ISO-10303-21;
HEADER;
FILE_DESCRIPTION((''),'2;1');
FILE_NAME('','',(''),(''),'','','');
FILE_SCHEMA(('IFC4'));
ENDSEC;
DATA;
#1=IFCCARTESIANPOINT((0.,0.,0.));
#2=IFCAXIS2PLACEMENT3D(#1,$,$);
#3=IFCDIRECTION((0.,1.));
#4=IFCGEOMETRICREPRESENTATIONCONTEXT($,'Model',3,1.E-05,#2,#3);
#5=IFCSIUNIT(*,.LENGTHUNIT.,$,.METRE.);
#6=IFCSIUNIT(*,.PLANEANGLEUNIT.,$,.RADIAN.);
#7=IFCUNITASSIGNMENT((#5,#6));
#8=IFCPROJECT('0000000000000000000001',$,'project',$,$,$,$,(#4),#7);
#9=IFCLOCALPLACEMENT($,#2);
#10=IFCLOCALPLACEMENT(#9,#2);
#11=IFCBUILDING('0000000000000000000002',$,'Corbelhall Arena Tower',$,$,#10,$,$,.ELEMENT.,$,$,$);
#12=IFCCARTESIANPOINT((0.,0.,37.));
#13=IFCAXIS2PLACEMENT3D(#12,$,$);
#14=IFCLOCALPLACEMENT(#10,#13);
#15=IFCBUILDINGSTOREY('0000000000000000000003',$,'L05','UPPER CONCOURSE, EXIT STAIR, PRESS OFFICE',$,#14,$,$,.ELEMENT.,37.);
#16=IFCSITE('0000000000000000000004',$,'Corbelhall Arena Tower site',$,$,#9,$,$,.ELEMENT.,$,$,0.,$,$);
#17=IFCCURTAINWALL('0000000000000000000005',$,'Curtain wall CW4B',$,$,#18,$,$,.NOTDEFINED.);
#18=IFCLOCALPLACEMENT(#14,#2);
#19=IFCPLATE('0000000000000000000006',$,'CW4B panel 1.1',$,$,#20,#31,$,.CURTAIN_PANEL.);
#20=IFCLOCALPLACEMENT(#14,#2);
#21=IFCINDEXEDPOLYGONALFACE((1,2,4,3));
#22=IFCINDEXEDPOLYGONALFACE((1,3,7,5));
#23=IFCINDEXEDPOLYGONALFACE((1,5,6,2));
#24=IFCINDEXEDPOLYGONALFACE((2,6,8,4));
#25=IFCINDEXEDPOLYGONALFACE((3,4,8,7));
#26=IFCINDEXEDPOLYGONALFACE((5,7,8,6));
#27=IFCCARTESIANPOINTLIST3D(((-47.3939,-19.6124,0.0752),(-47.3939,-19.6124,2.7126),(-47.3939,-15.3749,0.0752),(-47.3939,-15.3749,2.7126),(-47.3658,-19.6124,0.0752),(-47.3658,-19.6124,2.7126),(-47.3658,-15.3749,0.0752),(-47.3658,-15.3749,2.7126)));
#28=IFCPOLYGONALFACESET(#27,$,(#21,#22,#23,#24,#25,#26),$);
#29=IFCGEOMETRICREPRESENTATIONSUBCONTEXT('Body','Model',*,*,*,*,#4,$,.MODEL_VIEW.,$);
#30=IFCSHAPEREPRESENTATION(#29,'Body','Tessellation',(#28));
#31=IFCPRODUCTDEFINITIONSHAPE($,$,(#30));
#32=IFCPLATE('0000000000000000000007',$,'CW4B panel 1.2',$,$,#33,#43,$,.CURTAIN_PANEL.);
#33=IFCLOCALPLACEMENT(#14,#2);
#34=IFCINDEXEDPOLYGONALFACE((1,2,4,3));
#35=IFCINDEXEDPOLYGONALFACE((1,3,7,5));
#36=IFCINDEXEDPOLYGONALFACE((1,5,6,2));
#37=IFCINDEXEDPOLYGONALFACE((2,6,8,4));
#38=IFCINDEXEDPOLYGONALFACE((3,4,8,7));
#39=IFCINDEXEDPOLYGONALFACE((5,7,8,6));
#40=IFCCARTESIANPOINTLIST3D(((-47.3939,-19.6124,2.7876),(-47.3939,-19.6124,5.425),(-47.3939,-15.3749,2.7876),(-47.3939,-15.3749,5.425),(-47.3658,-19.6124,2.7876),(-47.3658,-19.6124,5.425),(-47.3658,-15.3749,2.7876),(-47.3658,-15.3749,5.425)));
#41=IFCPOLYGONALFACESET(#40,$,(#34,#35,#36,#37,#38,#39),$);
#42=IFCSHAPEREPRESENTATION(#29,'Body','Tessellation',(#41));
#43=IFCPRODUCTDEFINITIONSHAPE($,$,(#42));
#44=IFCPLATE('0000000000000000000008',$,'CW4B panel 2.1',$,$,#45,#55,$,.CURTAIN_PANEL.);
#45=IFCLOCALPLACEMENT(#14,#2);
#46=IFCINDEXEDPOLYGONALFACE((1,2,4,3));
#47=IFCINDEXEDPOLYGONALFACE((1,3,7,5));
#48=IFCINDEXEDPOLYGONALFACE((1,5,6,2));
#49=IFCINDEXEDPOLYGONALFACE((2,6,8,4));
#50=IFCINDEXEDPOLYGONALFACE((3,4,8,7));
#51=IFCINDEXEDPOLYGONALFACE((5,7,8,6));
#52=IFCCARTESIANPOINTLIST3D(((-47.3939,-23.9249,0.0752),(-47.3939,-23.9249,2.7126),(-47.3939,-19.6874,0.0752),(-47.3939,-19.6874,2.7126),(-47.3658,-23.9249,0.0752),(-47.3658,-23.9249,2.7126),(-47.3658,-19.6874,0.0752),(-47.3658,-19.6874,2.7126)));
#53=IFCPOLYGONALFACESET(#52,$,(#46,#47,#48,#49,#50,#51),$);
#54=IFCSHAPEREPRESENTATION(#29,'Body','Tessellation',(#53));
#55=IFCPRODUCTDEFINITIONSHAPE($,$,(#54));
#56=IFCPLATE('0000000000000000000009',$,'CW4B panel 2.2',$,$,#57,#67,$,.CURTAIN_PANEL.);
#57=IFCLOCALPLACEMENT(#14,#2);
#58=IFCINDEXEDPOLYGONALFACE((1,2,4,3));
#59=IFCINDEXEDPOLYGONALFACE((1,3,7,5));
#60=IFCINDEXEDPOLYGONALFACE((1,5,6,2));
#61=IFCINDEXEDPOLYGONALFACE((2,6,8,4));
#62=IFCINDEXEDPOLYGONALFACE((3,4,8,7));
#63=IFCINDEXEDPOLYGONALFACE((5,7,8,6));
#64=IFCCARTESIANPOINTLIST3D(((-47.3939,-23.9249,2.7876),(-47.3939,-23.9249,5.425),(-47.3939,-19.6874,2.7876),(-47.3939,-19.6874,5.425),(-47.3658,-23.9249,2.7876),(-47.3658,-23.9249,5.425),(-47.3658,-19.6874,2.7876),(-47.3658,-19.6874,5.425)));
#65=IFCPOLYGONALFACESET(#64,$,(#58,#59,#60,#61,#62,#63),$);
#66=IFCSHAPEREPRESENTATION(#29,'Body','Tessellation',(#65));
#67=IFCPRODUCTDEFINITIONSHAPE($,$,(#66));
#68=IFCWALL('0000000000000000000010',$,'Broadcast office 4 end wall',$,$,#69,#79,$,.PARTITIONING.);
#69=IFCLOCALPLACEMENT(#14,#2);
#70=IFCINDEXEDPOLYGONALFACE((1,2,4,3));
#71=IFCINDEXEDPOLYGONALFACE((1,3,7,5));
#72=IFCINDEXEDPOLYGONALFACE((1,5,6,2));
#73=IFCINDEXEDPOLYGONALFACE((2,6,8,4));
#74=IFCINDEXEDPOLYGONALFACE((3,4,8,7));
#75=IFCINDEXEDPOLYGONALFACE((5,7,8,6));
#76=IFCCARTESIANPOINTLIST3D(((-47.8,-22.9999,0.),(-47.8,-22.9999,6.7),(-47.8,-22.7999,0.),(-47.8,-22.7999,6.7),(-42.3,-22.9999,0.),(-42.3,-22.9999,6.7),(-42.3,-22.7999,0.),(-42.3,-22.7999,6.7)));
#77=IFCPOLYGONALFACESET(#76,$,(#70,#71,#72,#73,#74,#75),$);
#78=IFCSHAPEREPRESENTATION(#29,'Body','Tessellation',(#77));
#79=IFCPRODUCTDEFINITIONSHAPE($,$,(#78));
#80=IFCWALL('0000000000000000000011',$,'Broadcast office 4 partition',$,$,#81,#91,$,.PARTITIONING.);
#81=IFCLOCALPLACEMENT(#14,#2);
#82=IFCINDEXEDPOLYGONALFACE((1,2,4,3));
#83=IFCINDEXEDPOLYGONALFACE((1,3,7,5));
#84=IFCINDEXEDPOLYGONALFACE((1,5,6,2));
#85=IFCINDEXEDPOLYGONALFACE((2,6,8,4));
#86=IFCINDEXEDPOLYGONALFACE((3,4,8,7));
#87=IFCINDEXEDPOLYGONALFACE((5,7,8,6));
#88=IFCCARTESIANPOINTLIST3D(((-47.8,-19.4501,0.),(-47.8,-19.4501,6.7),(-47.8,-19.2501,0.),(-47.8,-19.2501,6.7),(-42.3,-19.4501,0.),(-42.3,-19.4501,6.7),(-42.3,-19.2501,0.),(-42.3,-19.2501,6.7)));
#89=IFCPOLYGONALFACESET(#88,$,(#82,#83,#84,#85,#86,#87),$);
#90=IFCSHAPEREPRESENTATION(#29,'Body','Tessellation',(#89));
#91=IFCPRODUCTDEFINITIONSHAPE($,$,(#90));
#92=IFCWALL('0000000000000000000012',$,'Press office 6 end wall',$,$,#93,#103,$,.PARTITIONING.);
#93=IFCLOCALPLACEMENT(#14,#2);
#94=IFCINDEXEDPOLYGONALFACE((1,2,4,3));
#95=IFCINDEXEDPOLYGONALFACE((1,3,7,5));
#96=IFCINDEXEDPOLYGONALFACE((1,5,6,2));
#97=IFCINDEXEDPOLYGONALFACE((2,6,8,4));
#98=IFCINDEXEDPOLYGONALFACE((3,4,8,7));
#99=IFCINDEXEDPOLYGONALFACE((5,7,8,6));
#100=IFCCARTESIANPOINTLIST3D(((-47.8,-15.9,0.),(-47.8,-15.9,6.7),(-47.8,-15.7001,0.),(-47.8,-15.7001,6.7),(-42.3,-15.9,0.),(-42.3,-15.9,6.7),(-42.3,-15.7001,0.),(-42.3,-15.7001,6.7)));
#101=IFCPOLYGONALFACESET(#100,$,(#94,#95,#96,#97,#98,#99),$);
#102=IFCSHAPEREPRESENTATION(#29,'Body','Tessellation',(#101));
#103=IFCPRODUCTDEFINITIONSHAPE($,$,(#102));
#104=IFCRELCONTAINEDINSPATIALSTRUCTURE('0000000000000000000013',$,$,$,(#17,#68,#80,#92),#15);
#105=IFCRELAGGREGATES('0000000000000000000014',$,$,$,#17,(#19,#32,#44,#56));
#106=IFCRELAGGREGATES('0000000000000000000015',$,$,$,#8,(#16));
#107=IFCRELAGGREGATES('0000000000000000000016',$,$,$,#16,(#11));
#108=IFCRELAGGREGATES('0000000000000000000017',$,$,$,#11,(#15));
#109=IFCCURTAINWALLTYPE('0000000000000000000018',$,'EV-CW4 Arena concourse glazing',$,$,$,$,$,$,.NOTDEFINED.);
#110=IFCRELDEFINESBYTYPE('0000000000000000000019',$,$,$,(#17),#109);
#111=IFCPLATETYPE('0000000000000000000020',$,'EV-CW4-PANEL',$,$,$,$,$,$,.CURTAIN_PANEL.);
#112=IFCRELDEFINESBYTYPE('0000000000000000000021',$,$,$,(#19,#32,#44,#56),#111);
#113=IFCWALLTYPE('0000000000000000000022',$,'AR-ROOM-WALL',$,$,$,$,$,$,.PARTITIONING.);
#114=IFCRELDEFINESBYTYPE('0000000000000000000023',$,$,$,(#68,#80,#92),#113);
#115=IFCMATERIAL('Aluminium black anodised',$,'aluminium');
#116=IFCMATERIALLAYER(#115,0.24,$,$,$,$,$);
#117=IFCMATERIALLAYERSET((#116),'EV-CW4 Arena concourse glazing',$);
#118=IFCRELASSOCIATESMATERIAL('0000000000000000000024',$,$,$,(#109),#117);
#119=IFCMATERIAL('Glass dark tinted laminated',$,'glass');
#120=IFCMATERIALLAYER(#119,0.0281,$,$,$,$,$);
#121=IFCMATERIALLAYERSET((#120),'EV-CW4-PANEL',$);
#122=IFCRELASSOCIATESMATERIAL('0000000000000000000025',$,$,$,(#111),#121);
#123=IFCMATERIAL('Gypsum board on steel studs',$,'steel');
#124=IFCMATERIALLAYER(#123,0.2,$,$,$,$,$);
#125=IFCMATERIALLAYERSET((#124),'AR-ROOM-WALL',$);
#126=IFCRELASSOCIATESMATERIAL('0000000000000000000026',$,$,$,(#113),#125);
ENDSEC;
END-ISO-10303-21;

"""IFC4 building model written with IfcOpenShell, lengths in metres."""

from ifc_helpers import new_model, si_unit, direction, frame, frame_2d, origin, origin_2d, place, context, subcontext, project, spatial, rectangle, extrude, material, layer, layer_set, type_object, element, aggregate, save


model = new_model("IFC4")

# Units and contexts
model_context = context("Model", 3, precision=1e-05, world=origin(), true_north=direction((0.0, 1.0)))
body_context = subcontext(model_context, "Body", "Model", "MODEL_VIEW")
ifc_project = project(units=[si_unit("LENGTHUNIT", "METRE"), si_unit("PLANEANGLEUNIT", "RADIAN")], contexts=[model_context])

# Site, building, storey
site_placement = place(None, origin())
site = spatial("IfcSite", under=ifc_project, at=site_placement, Name="Corbelhall Arena Tower site", CompositionType="ELEMENT", RefElevation=0.0)
building_placement = place(site_placement, origin())
building = spatial("IfcBuilding", under=site, at=building_placement, Name="Corbelhall Arena Tower", CompositionType="ELEMENT")
storey_placement = place(building_placement, frame((0.0, 0.0, 37.0)))
storey = spatial("IfcBuildingStorey", under=building, at=storey_placement, Name="L05", Description="UPPER CONCOURSE, EXIT STAIR, PRESS OFFICE", CompositionType="ELEMENT", Elevation=37.0)

# Curtain wall
ifc_material_1 = material(Name="Aluminium black anodised", Category="aluminium")
ifc_layer_1 = layer(ifc_material_1, 0.24)
ifc_layer_set_1 = layer_set([ifc_layer_1], Name="EV-CW4 Arena concourse glazing")
curtain_wall_type = type_object("IfcCurtainWallType", Name="EV-CW4 Arena concourse glazing", PredefinedType="NOTDEFINED", material=ifc_layer_set_1)
curtain_wall_placement = place(storey_placement, origin())
curtain_wall = element("IfcCurtainWall", 1, at=curtain_wall_placement, inside=storey, type_object=curtain_wall_type, Name="Curtain wall CW4B", PredefinedType="NOTDEFINED")

# Plates
ifc_material_2 = material(Name="Glass dark tinted laminated", Category="glass")
ifc_layer_2 = layer(ifc_material_2, 0.0281)
ifc_layer_set_2 = layer_set([ifc_layer_2], Name="EV-CW4-PANEL")
plate_type = type_object("IfcPlateType", Name="EV-CW4-PANEL", PredefinedType="CURTAIN_PANEL", material=ifc_layer_set_2)
plate_1_placement = place(storey_placement, frame((-47.3799, -17.4937, 0.0752), z_axis=(0.0, 0.0, 1.0), x_axis=(0.0, -1.0, 0.0)))
plate_1 = element("IfcPlate", 2, at=plate_1_placement, type_object=plate_type, Name="CW4B panel 1.1", PredefinedType="CURTAIN_PANEL", context=body_context, shape_type="SweptSolid", body=[
    extrude(rectangle(XDim=4.2375, YDim=0.0281, at=origin_2d()), origin(), (0.0, 0.0, 1.0), 2.6375),
])
plate_2_placement = place(storey_placement, frame((-47.3799, -17.4937, 2.7876), z_axis=(0.0, 0.0, 1.0), x_axis=(0.0, -1.0, 0.0)))
plate_2 = element("IfcPlate", 3, at=plate_2_placement, type_object=plate_type, Name="CW4B panel 1.2", PredefinedType="CURTAIN_PANEL", context=body_context, shape_type="SweptSolid", body=[
    extrude(rectangle(XDim=4.2375, YDim=0.0281, at=origin_2d()), origin(), (0.0, 0.0, 1.0), 2.6375),
])
plate_3_placement = place(storey_placement, frame((-47.3799, -21.8062, 0.0752), z_axis=(0.0, 0.0, 1.0), x_axis=(0.0, -1.0, 0.0)))
plate_3 = element("IfcPlate", 4, at=plate_3_placement, type_object=plate_type, Name="CW4B panel 2.1", PredefinedType="CURTAIN_PANEL", context=body_context, shape_type="SweptSolid", body=[
    extrude(rectangle(XDim=4.2375, YDim=0.0281, at=origin_2d()), origin(), (0.0, 0.0, 1.0), 2.6375),
])
plate_4_placement = place(storey_placement, frame((-47.3799, -21.8062, 2.7876), z_axis=(0.0, 0.0, 1.0), x_axis=(0.0, -1.0, 0.0)))
plate_4 = element("IfcPlate", 5, at=plate_4_placement, type_object=plate_type, Name="CW4B panel 2.2", PredefinedType="CURTAIN_PANEL", context=body_context, shape_type="SweptSolid", body=[
    extrude(rectangle(XDim=4.2375, YDim=0.0281, at=origin_2d()), origin(), (0.0, 0.0, 1.0), 2.6375),
])
aggregate(curtain_wall, [plate_1, plate_2, plate_3, plate_4])

# Shared definitions
ifc_material_3 = material(Name="Gypsum board on steel studs", Category="steel")
ifc_layer_3 = layer(ifc_material_3, 0.2)
ifc_layer_set_3 = layer_set([ifc_layer_3], Name="AR-ROOM-WALL")
wall_type = type_object("IfcWallType", Name="AR-ROOM-WALL", PredefinedType="PARTITIONING", material=ifc_layer_set_3)

# Walls
for number, where, z_axis, x_axis, name in (
    (6, (-42.3, -22.8999, 0.0), (0.0, 0.0, 1.0), (-1.0, 0.0, 0.0), "Broadcast office 4 end wall"),
    (7, (-47.8, -19.3501, 0.0), (0.0, 0.0, 1.0), (1.0, 0.0, 0.0), "Broadcast office 4 partition"),
):
    element("IfcWall", number, at=place(storey_placement, frame(where, z_axis=z_axis, x_axis=x_axis)), inside=storey, type_object=wall_type, Name=name, PredefinedType="PARTITIONING", context=body_context, shape_type="SweptSolid", body=[
        extrude(rectangle(XDim=5.5, YDim=0.2, at=frame_2d((2.75, 0.0))), origin(), (0.0, 0.0, 1.0), 6.7),
    ])

# Wall
wall_1_placement = place(storey_placement, frame((-42.3, -15.8, 0.0), z_axis=(0.0, 0.0, 1.0), x_axis=(-1.0, 0.0, 0.0)))
element("IfcWall", 8, at=wall_1_placement, inside=storey, type_object=wall_type, Name="Press office 6 end wall", PredefinedType="PARTITIONING", context=body_context, shape_type="SweptSolid", body=[
    extrude(rectangle(XDim=5.5, YDim=0.2, at=frame_2d((2.75, 0.0))), origin(), (0.0, 0.0, 1.0), 6.7),
])

save(model, "model.ifc")
